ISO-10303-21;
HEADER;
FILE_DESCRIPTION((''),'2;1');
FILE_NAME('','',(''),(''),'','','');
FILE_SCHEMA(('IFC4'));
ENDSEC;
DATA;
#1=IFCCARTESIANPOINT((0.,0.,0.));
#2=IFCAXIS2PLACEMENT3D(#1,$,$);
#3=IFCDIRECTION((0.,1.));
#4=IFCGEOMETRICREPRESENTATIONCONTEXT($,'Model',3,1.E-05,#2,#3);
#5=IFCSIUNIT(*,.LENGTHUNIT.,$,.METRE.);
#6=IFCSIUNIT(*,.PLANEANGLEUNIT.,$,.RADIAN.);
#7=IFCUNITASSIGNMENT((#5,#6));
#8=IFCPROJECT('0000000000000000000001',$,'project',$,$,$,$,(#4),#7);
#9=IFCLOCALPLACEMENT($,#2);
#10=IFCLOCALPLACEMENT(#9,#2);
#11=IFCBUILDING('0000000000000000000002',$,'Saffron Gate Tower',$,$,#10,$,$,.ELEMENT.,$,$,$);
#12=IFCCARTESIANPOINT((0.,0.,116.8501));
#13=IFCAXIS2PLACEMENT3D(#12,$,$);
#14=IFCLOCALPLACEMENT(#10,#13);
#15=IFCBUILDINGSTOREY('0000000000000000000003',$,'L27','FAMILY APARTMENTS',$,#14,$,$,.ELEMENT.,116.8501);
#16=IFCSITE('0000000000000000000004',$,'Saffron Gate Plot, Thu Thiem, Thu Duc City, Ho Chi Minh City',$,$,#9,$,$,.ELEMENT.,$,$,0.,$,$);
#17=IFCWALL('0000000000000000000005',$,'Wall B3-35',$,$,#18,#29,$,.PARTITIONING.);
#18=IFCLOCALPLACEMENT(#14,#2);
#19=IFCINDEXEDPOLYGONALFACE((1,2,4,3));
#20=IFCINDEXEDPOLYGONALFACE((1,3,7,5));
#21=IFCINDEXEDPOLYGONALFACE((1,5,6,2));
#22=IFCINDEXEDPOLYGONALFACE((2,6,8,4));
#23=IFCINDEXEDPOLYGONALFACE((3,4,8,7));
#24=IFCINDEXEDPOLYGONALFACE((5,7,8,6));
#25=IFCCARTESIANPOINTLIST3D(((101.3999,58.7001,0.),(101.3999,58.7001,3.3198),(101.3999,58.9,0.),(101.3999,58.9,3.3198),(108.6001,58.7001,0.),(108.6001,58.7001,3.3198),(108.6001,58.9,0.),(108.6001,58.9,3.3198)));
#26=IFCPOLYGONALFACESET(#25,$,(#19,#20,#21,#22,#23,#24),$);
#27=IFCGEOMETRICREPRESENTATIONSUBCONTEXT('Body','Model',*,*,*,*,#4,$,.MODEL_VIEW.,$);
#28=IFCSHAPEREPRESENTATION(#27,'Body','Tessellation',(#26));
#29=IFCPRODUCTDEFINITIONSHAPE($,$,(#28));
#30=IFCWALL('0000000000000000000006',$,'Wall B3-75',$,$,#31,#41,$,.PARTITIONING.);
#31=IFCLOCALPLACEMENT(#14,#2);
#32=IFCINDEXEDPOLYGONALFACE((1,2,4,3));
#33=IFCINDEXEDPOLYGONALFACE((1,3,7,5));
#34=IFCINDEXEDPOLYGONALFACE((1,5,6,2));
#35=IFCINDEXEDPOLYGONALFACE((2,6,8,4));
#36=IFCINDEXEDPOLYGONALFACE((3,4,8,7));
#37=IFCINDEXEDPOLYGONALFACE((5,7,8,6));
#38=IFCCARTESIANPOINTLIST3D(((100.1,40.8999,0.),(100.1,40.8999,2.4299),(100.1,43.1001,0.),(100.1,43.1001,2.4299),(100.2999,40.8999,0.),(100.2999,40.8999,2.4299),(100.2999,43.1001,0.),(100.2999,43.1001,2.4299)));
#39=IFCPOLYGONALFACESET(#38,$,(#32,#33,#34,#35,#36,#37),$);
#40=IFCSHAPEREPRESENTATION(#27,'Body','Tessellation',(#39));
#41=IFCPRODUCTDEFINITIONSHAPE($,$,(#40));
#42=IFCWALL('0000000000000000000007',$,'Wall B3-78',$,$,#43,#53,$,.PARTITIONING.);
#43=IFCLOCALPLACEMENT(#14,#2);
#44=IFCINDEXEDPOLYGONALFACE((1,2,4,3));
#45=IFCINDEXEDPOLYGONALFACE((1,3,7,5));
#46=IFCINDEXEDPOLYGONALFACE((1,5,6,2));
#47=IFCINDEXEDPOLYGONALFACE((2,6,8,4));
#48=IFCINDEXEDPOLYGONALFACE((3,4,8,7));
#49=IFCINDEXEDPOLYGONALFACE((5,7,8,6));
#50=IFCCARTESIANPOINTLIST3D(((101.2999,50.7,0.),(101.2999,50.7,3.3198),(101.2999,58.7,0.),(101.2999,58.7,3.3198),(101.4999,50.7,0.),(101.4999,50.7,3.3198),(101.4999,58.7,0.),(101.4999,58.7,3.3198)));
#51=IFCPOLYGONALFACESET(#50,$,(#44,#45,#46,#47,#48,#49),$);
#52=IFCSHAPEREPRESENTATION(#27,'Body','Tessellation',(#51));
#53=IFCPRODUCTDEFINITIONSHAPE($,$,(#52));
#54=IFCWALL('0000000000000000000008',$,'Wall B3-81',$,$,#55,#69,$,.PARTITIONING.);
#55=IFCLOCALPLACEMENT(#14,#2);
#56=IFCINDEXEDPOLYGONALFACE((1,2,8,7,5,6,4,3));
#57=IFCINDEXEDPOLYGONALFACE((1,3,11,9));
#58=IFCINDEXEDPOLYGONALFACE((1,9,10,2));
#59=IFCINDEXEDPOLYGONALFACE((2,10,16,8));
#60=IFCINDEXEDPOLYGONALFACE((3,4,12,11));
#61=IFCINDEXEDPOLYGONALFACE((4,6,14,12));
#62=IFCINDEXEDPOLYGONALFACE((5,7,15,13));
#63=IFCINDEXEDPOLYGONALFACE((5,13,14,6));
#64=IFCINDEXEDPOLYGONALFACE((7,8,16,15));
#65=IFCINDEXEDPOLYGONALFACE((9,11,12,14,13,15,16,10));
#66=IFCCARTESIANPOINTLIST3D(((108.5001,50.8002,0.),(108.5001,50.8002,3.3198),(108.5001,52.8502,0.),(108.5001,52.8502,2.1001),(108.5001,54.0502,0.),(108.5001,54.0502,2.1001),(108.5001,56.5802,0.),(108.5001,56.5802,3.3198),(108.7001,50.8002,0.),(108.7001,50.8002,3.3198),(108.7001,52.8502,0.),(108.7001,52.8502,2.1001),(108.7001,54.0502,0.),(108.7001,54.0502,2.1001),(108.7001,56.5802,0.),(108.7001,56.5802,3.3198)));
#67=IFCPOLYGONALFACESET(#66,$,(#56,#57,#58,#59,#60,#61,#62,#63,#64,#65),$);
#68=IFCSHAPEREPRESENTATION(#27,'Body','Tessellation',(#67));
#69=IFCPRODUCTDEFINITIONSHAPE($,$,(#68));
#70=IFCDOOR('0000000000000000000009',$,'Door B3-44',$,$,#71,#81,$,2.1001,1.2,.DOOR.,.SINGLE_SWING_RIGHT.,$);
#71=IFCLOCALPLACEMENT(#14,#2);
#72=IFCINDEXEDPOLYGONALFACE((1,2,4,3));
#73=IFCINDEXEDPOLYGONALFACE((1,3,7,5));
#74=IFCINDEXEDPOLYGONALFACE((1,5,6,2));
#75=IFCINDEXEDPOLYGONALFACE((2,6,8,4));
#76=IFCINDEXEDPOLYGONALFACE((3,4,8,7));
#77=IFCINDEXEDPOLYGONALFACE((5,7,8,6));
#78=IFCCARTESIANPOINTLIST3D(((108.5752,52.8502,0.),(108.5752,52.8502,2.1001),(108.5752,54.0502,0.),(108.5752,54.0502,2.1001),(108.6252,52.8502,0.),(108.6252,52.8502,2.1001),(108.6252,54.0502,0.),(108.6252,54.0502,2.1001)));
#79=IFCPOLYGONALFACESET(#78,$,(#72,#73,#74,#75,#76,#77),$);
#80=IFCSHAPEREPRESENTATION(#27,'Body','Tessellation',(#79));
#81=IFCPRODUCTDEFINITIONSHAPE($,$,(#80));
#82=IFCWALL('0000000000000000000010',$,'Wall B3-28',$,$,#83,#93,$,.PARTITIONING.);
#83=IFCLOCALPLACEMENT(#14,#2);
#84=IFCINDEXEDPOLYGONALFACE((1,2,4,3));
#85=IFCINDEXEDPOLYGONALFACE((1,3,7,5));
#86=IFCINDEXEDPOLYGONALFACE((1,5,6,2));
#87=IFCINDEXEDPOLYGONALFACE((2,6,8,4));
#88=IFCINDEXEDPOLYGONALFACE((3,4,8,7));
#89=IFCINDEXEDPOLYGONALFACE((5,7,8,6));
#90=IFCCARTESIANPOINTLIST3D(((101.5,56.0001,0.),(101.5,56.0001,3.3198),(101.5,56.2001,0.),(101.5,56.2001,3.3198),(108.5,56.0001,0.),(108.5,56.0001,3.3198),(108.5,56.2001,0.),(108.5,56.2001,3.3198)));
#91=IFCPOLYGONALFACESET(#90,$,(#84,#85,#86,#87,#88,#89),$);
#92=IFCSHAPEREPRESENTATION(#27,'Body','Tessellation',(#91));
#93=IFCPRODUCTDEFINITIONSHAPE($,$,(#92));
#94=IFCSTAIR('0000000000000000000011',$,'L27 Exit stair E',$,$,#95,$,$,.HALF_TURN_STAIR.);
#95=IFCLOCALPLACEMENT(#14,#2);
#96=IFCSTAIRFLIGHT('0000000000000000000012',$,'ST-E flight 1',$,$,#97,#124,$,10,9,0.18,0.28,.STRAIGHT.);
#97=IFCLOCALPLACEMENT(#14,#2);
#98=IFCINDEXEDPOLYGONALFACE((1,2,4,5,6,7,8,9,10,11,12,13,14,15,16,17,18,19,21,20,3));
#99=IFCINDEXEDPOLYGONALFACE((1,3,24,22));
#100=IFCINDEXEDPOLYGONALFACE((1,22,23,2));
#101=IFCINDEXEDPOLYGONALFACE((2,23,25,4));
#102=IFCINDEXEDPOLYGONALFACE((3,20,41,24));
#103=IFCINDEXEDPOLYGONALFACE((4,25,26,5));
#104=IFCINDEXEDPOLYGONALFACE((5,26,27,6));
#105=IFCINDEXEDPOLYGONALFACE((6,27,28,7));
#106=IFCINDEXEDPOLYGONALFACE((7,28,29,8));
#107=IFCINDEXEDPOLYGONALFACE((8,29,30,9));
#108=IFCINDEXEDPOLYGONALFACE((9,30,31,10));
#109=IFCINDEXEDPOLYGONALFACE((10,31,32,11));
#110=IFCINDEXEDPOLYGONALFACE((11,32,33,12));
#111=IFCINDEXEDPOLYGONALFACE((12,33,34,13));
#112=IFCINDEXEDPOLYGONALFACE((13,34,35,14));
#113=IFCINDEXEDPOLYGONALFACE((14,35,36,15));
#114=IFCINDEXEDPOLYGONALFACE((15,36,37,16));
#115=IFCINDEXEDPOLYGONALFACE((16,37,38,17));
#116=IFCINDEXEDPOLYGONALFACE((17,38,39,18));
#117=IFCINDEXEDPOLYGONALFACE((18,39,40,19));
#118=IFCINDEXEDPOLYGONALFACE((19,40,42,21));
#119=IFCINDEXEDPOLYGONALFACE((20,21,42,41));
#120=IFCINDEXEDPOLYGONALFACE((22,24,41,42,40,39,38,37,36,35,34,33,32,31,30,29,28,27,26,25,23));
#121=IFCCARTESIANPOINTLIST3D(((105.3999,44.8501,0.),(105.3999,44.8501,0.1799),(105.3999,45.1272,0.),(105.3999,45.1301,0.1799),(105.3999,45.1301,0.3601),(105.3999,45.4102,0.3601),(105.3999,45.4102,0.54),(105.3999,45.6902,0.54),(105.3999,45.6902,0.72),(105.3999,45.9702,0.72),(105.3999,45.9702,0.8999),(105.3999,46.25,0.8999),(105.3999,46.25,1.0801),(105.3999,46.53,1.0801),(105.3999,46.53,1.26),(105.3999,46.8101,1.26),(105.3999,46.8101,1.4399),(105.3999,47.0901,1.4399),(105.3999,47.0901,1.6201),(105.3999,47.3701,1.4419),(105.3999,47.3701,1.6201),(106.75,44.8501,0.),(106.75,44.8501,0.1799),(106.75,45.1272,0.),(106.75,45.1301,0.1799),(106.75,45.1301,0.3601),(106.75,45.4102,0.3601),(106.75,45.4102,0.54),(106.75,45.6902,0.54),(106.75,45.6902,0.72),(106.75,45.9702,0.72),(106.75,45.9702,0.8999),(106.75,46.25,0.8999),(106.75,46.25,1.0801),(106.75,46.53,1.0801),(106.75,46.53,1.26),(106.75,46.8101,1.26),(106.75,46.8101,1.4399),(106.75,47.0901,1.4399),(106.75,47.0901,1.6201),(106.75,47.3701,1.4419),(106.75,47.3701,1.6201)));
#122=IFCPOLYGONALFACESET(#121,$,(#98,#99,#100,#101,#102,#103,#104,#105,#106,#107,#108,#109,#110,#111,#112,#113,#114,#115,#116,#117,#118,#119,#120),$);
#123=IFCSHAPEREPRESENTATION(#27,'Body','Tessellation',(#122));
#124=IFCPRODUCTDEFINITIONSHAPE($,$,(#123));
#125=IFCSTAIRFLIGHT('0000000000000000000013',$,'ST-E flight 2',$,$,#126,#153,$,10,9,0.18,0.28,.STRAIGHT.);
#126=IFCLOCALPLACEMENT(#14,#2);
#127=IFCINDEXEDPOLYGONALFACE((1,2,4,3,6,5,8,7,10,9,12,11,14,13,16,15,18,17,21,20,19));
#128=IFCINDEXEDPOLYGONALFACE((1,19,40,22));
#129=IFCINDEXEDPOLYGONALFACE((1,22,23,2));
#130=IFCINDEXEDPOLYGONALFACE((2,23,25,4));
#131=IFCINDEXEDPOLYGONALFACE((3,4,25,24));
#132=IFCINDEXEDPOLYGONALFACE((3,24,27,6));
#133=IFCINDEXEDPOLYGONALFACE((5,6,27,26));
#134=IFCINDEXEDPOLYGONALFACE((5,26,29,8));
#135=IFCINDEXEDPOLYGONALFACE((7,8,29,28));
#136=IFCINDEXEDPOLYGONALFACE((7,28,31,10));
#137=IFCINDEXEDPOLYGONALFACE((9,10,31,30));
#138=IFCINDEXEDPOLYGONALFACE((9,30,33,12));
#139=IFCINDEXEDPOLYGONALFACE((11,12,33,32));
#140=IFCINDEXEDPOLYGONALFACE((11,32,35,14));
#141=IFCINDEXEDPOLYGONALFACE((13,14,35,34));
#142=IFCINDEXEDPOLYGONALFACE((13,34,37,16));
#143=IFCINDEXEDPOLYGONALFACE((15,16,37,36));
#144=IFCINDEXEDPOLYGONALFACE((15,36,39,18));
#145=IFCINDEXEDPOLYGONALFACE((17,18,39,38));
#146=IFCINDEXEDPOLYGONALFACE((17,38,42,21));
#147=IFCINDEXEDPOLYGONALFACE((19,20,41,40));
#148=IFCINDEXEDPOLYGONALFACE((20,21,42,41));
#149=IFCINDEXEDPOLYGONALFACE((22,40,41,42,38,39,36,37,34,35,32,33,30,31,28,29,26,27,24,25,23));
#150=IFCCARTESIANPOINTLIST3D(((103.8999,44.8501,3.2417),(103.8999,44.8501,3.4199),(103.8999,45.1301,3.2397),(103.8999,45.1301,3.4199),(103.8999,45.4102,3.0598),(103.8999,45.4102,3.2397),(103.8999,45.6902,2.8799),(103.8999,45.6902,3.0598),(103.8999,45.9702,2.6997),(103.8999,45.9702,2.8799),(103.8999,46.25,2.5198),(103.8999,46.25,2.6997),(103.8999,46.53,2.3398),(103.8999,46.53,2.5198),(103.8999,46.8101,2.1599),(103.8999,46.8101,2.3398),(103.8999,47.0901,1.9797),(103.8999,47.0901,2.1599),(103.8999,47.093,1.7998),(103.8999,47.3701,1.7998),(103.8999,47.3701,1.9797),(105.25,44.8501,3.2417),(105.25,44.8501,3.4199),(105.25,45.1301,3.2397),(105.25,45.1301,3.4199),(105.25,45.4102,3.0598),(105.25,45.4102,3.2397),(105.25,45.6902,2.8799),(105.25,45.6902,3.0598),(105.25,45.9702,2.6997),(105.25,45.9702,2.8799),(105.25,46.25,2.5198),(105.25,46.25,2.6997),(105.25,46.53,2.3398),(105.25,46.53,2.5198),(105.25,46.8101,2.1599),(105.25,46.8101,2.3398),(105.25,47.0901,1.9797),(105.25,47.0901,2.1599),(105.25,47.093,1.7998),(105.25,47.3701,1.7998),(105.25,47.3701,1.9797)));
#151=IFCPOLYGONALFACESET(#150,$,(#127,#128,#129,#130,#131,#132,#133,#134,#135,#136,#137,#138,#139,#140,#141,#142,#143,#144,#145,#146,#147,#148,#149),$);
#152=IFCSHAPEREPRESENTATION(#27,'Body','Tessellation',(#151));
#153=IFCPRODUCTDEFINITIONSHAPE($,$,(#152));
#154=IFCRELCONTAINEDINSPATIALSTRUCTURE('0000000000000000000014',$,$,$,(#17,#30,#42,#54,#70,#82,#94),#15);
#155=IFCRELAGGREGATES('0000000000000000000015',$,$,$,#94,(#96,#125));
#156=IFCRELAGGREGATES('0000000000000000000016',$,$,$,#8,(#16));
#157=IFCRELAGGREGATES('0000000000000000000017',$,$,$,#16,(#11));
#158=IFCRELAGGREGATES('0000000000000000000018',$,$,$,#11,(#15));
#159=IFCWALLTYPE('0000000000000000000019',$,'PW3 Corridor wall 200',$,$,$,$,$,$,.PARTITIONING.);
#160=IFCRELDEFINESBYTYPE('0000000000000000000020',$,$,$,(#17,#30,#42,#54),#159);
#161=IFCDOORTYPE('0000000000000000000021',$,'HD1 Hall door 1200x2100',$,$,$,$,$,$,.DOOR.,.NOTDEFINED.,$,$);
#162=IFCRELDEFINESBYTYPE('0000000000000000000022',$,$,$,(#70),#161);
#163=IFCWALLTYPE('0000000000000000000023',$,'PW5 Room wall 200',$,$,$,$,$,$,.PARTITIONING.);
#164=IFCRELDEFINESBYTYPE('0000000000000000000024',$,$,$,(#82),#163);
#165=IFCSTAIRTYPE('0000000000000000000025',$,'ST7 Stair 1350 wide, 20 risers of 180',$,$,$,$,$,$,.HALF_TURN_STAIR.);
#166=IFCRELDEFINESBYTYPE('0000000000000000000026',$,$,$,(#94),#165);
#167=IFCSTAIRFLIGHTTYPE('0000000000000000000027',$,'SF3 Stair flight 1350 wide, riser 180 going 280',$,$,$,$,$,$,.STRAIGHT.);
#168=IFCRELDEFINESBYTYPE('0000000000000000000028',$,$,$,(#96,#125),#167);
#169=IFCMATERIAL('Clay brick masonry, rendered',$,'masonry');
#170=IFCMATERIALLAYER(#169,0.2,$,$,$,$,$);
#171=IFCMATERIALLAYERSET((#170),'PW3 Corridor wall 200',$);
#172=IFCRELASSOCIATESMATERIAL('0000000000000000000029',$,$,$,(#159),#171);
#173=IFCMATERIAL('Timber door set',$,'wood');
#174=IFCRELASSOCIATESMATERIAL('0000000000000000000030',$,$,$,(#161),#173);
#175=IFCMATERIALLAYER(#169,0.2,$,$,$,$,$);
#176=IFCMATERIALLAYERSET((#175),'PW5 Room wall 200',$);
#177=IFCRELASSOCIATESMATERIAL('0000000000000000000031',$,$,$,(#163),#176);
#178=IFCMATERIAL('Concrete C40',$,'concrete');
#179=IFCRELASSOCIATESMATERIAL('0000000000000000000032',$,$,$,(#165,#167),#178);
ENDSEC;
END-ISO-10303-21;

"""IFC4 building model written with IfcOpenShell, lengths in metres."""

from ifc_helpers import new_model, si_unit, direction, frame, frame_2d, origin, place, context, subcontext, project, spatial, polyline, rectangle, outline, extrude, material, layer, layer_set, type_object, element, fill, aggregate, save


model = new_model("IFC4")

# Units and contexts
model_context = context("Model", 3, precision=1e-05, world=origin(), true_north=direction((0.0, 1.0)))
body_context = subcontext(model_context, "Body", "Model", "MODEL_VIEW")
ifc_project = project(units=[si_unit("LENGTHUNIT", "METRE"), si_unit("PLANEANGLEUNIT", "RADIAN")], contexts=[model_context])

# Site, building, storey
site_placement = place(None, origin())
site = spatial("IfcSite", under=ifc_project, at=site_placement, Name="Saffron Gate Plot, Thu Thiem, Thu Duc City, Ho Chi Minh City", CompositionType="ELEMENT", RefElevation=0.0)
building_placement = place(site_placement, origin())
building = spatial("IfcBuilding", under=site, at=building_placement, Name="Saffron Gate Tower", CompositionType="ELEMENT")
storey_placement = place(building_placement, frame((0.0, 0.0, 116.8501)))
storey = spatial("IfcBuildingStorey", under=building, at=storey_placement, Name="L27", Description="FAMILY APARTMENTS", CompositionType="ELEMENT", Elevation=116.8501)

# Shared definitions
ifc_material_1 = material(Name="Timber door set", Category="wood")

# Shared definitions
ifc_material_2 = material(Name="Clay brick masonry, rendered", Category="masonry")
ifc_layer_1 = layer(ifc_material_2, 0.2)
ifc_layer_set_1 = layer_set([ifc_layer_1], Name="PW3 Corridor wall 200")
wall_type_1 = type_object("IfcWallType", Name="PW3 Corridor wall 200", PredefinedType="PARTITIONING", material=ifc_layer_set_1)

# Walls
wall_1_placement = place(storey_placement, frame((101.3999, 58.8, 0.0), z_axis=(0.0, 0.0, 1.0), x_axis=(1.0, 0.0, 0.0)))
element("IfcWall", 1, at=wall_1_placement, inside=storey, type_object=wall_type_1, Name="Wall B3-35", PredefinedType="PARTITIONING", context=body_context, shape_type="SweptSolid", body=[
    extrude(rectangle(XDim=7.2002, YDim=0.2, at=frame_2d((3.6001, 0.0))), origin(), (0.0, 0.0, 1.0), 3.3198),
])
wall_2_placement = place(storey_placement, frame((100.2, 43.1001, 0.0), z_axis=(0.0, 0.0, 1.0), x_axis=(0.0, -1.0, 0.0)))
element("IfcWall", 2, at=wall_2_placement, inside=storey, type_object=wall_type_1, Name="Wall B3-75", PredefinedType="PARTITIONING", context=body_context, shape_type="SweptSolid", body=[
    extrude(rectangle(XDim=2.2002, YDim=0.2, at=frame_2d((1.1001, 0.0))), origin(), (0.0, 0.0, 1.0), 2.4299),
])
wall_3_placement = place(storey_placement, frame((101.3999, 58.7, 0.0), z_axis=(0.0, 0.0, 1.0), x_axis=(0.0, -1.0, 0.0)))
element("IfcWall", 3, at=wall_3_placement, inside=storey, type_object=wall_type_1, Name="Wall B3-78", PredefinedType="PARTITIONING", context=body_context, shape_type="SweptSolid", body=[
    extrude(rectangle(XDim=8.0, YDim=0.2, at=frame_2d((4.0, 0.0))), origin(), (0.0, 0.0, 1.0), 3.3198),
])

# Wall, opening, door
wall_4_placement = place(storey_placement, frame((108.6001, 50.8, 0.0), z_axis=(0.0, 0.0, 1.0), x_axis=(0.0, 1.0, 0.0)))
wall_4 = element("IfcWall", 4, at=wall_4_placement, inside=storey, type_object=wall_type_1, Name="Wall B3-81", PredefinedType="PARTITIONING", context=body_context, shape_type="SweptSolid", body=[
    extrude(rectangle(XDim=5.78, YDim=0.2, at=frame_2d((2.8901, 0.0))), origin(), (0.0, 0.0, 1.0), 3.3198),
])
opening_1_placement = place(wall_4_placement, frame((2.05, 0.0, 0.0)))
opening_1 = element("IfcOpeningElement", 5, at=opening_1_placement, cuts=wall_4, PredefinedType="OPENING", context=body_context, shape_type="SweptSolid", body=[
    extrude(rectangle(XDim=1.2, YDim=2.1001, at=frame_2d((0.6001, 1.05))), frame((0.0, 0.1099, 0.0), z_axis=(0.0, -1.0, 0.0), x_axis=(1.0, 0.0, 0.0)), (0.0, 0.0, 1.0), 0.22),
])
door_type_1 = type_object("IfcDoorType", Name="HD1 Hall door 1200x2100", OperationType="NOTDEFINED", PredefinedType="DOOR", material=ifc_material_1)
door_1_placement = place(opening_1_placement, origin())
door_1 = element("IfcDoor", 6, at=door_1_placement, inside=storey, type_object=door_type_1, Name="Door B3-44", OperationType="SINGLE_SWING_RIGHT", OverallHeight=2.1001, OverallWidth=1.2, PredefinedType="DOOR", context=body_context, shape_type="SweptSolid", body=[
    extrude(rectangle(XDim=1.2, YDim=2.1001, at=frame_2d((0.6001, 1.05))), frame((0.0, 0.0249, 0.0), z_axis=(0.0, -1.0, 0.0), x_axis=(1.0, 0.0, 0.0)), (0.0, 0.0, 1.0), 0.05),
])
fill(opening_1, door_1)

# Wall
ifc_layer_2 = layer(ifc_material_2, 0.2)
ifc_layer_set_2 = layer_set([ifc_layer_2], Name="PW5 Room wall 200")
wall_type_2 = type_object("IfcWallType", Name="PW5 Room wall 200", PredefinedType="PARTITIONING", material=ifc_layer_set_2)
wall_5_placement = place(storey_placement, frame((101.5, 56.1001, 0.0), z_axis=(0.0, 0.0, 1.0), x_axis=(1.0, 0.0, 0.0)))
element("IfcWall", 7, at=wall_5_placement, inside=storey, type_object=wall_type_2, Name="Wall B3-28", PredefinedType="PARTITIONING", context=body_context, shape_type="SweptSolid", body=[
    extrude(rectangle(XDim=7.0, YDim=0.2, at=frame_2d((3.5, 0.0))), origin(), (0.0, 0.0, 1.0), 3.3198),
])

# Stair, stair flights
ifc_material_3 = material(Name="Concrete C40", Category="concrete")
stair_type = type_object("IfcStairType", Name="ST7 Stair 1350 wide, 20 risers of 180", PredefinedType="HALF_TURN_STAIR", material=ifc_material_3)
stair_placement = place(storey_placement, origin())
stair = element("IfcStair", 8, at=stair_placement, inside=storey, type_object=stair_type, Name="L27 Exit stair E", PredefinedType="HALF_TURN_STAIR")
stair_flight_type = type_object("IfcStairFlightType", Name="SF3 Stair flight 1350 wide, riser 180 going 280", PredefinedType="STRAIGHT", material=ifc_material_3)
stair_flight_1_placement = place(storey_placement, frame((106.075, 44.8501, 0.0), z_axis=(0.0, 0.0, 1.0), x_axis=(0.0, 1.0, 0.0)))
stair_flight_1 = element("IfcStairFlight", 9, at=stair_flight_1_placement, type_object=stair_flight_type, Name="ST-E flight 1", NumberOfRisers=10, NumberOfTreads=9, PredefinedType="STRAIGHT", RiserHeight=0.18, TreadLength=0.28, context=body_context, shape_type="SweptSolid", body=[
    extrude(outline(polyline([(0.0, 0.0), (0.0, 0.1799), (0.28, 0.1799), (0.28, 0.3601), (0.5601, 0.3601), (0.5601, 0.54), (0.8401, 0.54), (0.8401, 0.72), (1.1201, 0.72), (1.1201, 0.8999), (1.3999, 0.8999), (1.3999, 1.0801), (1.6799, 1.0801), (1.6799, 1.26), (1.96, 1.26), (1.96, 1.4399), (2.24, 1.4399), (2.24, 1.6201), (2.52, 1.6201), (2.52, 1.8), (2.52, 1.4419), (0.2771, 0.0), (0.0, 0.0)])), frame((0.0, 0.675, 0.0), z_axis=(0.0, -1.0, 0.0), x_axis=(1.0, 0.0, 0.0)), (0.0, 0.0, 1.0), 1.3501),
])
stair_flight_2_placement = place(storey_placement, frame((104.575, 47.3701, 1.7998), z_axis=(0.0, 0.0, 1.0), x_axis=(0.0, -1.0, 0.0)))
stair_flight_2 = element("IfcStairFlight", 10, at=stair_flight_2_placement, type_object=stair_flight_type, Name="ST-E flight 2", NumberOfRisers=10, NumberOfTreads=9, PredefinedType="STRAIGHT", RiserHeight=0.18, TreadLength=0.28, context=body_context, shape_type="SweptSolid", body=[
    extrude(outline(polyline([(0.0, 0.0), (0.0, 0.1799), (0.28, 0.1799), (0.28, 0.3601), (0.5601, 0.3601), (0.5601, 0.54), (0.8401, 0.54), (0.8401, 0.72), (1.1201, 0.72), (1.1201, 0.8999), (1.3999, 0.8999), (1.3999, 1.0801), (1.6799, 1.0801), (1.6799, 1.26), (1.96, 1.26), (1.96, 1.4399), (2.24, 1.4399), (2.24, 1.6201), (2.52, 1.6201), (2.52, 1.8), (2.52, 1.4419), (0.2771, 0.0), (0.0, 0.0)])), frame((0.0, 0.675, 0.0), z_axis=(0.0, -1.0, 0.0), x_axis=(1.0, 0.0, 0.0)), (0.0, 0.0, 1.0), 1.3501),
])
aggregate(stair, [stair_flight_1, stair_flight_2])

save(model, "model.ifc")
